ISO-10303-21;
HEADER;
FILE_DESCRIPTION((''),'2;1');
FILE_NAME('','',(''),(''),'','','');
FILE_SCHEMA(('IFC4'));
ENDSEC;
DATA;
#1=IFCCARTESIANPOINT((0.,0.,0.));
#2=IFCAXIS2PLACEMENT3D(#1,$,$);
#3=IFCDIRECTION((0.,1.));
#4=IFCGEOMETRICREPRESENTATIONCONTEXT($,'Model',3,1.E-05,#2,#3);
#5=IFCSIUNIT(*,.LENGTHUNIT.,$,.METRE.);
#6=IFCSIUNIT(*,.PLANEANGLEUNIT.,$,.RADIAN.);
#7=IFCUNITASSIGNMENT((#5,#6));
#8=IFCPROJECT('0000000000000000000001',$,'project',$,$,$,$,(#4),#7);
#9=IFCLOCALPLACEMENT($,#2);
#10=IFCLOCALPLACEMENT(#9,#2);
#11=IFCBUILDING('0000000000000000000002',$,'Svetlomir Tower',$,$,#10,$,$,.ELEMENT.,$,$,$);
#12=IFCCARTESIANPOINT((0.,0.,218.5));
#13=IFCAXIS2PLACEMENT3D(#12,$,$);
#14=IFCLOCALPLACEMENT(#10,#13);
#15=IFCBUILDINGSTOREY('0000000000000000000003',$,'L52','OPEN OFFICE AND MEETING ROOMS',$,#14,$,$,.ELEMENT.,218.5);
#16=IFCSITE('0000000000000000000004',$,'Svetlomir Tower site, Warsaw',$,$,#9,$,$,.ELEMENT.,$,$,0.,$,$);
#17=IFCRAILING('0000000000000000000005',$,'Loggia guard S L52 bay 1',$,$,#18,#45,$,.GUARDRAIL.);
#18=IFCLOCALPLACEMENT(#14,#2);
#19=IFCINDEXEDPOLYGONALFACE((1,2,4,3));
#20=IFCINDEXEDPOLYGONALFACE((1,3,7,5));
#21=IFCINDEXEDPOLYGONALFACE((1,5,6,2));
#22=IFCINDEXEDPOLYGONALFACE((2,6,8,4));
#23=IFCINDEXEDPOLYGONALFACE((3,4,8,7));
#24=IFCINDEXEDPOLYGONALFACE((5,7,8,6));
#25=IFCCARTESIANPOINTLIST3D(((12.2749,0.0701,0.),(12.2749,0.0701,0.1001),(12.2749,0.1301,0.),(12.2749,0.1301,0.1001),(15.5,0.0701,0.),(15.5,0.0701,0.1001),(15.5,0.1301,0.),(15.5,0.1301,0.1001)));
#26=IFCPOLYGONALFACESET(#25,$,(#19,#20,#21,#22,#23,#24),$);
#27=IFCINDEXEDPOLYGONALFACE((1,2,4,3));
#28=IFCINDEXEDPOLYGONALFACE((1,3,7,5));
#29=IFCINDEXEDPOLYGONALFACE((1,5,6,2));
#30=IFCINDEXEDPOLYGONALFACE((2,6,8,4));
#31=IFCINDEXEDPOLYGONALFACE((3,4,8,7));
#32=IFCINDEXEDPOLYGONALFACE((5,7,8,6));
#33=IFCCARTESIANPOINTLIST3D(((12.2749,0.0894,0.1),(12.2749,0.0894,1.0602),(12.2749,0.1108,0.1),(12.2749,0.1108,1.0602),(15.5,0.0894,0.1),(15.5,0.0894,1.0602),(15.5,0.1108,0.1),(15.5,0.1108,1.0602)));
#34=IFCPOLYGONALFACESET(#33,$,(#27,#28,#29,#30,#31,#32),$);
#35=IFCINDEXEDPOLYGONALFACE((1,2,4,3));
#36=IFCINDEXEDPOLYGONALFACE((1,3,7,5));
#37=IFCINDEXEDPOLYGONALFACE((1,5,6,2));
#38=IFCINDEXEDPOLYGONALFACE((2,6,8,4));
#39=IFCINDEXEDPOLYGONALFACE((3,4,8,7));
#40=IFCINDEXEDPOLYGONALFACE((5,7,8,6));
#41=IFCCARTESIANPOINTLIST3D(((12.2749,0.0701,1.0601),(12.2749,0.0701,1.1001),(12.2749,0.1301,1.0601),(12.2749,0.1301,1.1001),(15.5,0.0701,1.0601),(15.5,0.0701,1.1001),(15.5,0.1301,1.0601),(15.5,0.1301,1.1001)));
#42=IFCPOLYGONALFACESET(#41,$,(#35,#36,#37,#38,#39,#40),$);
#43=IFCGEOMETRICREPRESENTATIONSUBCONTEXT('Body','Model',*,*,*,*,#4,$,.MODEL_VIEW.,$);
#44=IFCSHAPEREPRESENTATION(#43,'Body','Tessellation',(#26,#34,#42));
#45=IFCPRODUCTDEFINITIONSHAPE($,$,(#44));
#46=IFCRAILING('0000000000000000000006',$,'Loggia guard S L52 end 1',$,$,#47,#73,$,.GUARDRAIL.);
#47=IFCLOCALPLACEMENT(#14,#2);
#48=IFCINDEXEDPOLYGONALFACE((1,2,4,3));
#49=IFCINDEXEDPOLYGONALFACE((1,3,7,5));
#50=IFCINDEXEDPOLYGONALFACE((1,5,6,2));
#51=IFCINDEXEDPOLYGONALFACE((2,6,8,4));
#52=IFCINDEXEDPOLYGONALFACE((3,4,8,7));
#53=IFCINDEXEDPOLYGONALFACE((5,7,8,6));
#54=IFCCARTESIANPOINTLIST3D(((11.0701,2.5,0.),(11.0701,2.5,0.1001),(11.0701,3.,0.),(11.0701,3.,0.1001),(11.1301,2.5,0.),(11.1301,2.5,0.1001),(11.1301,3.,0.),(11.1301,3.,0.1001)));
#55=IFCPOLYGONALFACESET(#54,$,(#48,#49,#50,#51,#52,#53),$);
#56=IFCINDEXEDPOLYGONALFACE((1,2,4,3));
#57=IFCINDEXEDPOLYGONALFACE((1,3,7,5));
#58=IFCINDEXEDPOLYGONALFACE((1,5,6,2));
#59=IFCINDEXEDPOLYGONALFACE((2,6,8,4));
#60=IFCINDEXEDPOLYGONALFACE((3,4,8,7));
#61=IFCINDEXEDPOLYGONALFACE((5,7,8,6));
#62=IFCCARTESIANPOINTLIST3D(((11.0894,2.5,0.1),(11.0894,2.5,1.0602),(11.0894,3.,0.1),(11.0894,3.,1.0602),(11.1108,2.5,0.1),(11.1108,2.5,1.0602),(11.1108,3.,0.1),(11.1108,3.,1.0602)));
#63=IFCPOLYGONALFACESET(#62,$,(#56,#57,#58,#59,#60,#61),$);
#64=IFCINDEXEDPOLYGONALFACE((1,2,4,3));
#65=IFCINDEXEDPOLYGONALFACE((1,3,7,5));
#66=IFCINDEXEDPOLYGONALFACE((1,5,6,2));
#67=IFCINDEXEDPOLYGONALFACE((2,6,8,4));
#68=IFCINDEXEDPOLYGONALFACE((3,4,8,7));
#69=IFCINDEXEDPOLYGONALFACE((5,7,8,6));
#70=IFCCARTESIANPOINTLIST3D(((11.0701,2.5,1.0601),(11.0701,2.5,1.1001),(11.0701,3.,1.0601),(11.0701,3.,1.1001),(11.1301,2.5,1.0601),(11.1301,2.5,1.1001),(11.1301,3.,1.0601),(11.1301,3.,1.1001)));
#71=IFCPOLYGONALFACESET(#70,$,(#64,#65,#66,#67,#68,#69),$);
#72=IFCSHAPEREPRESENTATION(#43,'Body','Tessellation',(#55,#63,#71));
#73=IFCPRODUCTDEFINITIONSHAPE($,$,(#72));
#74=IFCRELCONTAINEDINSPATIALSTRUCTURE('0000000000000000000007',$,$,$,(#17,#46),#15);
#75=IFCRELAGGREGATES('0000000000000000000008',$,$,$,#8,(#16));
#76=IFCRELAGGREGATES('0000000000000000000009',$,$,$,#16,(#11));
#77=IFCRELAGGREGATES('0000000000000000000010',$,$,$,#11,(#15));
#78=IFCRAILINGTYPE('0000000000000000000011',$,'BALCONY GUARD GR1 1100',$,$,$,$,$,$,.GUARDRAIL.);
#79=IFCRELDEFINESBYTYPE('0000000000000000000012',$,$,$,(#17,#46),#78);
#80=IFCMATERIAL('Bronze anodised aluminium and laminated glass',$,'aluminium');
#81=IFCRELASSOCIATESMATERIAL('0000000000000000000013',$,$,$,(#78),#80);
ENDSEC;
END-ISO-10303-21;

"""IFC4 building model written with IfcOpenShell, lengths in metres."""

from ifc_helpers import new_model, si_unit, direction, frame, origin, origin_2d, place, context, subcontext, project, spatial, rectangle, extrude, material, type_object, element, save


model = new_model("IFC4")

# Units and contexts
model_context = context("Model", 3, precision=1e-05, world=origin(), true_north=direction((0.0, 1.0)))
body_context = subcontext(model_context, "Body", "Model", "MODEL_VIEW")
ifc_project = project(units=[si_unit("LENGTHUNIT", "METRE"), si_unit("PLANEANGLEUNIT", "RADIAN")], contexts=[model_context])

# Site, building, storey
site_placement = place(None, origin())
site = spatial("IfcSite", under=ifc_project, at=site_placement, Name="Svetlomir Tower site, Warsaw", CompositionType="ELEMENT", RefElevation=0.0)
building_placement = place(site_placement, origin())
building = spatial("IfcBuilding", under=site, at=building_placement, Name="Svetlomir Tower", CompositionType="ELEMENT")
storey_placement = place(building_placement, frame((0.0, 0.0, 218.5)))
storey = spatial("IfcBuildingStorey", under=building, at=storey_placement, Name="L52", Description="OPEN OFFICE AND MEETING ROOMS", CompositionType="ELEMENT", Elevation=218.5)

# Railings
ifc_material_1 = material(Name="Bronze anodised aluminium and laminated glass", Category="aluminium")
railing_type = type_object("IfcRailingType", Name="BALCONY GUARD GR1 1100", PredefinedType="GUARDRAIL", material=ifc_material_1)
railing_1_placement = place(storey_placement, frame((12.2749, 0.1001, 0.0)))
element("IfcRailing", 1, at=railing_1_placement, inside=storey, type_object=railing_type, Name="Loggia guard S L52 bay 1", PredefinedType="GUARDRAIL", context=body_context, shape_type="SweptSolid", body=[
    extrude(rectangle(XDim=0.0601, YDim=0.1001, at=origin_2d()), frame((0.0, 0.0, 0.05), z_axis=(1.0, 0.0, 0.0), x_axis=(0.0, 1.0, 0.0)), (0.0, 0.0, 1.0), 3.2251),
    extrude(rectangle(XDim=0.0215, YDim=0.9602, at=origin_2d()), frame((0.0, 0.0, 0.5801), z_axis=(1.0, 0.0, 0.0), x_axis=(0.0, 1.0, 0.0)), (0.0, 0.0, 1.0), 3.2251),
    extrude(rectangle(XDim=0.0601, YDim=0.04, at=origin_2d()), frame((0.0, 0.0, 1.0801), z_axis=(1.0, 0.0, 0.0), x_axis=(0.0, 1.0, 0.0)), (0.0, 0.0, 1.0), 3.2251),
])
railing_2_placement = place(storey_placement, frame((11.1001, 2.5, 0.0)))
element("IfcRailing", 2, at=railing_2_placement, inside=storey, type_object=railing_type, Name="Loggia guard S L52 end 1", PredefinedType="GUARDRAIL", context=body_context, shape_type="SweptSolid", body=[
    extrude(rectangle(XDim=0.0601, YDim=0.1001, at=origin_2d()), frame((0.0, 0.0, 0.05), z_axis=(0.0, 1.0, 0.0), x_axis=(-1.0, 0.0, 0.0)), (0.0, 0.0, 1.0), 0.5),
    extrude(rectangle(XDim=0.0215, YDim=0.9602, at=origin_2d()), frame((0.0, 0.0, 0.5801), z_axis=(0.0, 1.0, 0.0), x_axis=(-1.0, 0.0, 0.0)), (0.0, 0.0, 1.0), 0.5),
    extrude(rectangle(XDim=0.0601, YDim=0.04, at=origin_2d()), frame((0.0, 0.0, 1.0801), z_axis=(0.0, 1.0, 0.0), x_axis=(-1.0, 0.0, 0.0)), (0.0, 0.0, 1.0), 0.5),
])

save(model, "model.ifc")
